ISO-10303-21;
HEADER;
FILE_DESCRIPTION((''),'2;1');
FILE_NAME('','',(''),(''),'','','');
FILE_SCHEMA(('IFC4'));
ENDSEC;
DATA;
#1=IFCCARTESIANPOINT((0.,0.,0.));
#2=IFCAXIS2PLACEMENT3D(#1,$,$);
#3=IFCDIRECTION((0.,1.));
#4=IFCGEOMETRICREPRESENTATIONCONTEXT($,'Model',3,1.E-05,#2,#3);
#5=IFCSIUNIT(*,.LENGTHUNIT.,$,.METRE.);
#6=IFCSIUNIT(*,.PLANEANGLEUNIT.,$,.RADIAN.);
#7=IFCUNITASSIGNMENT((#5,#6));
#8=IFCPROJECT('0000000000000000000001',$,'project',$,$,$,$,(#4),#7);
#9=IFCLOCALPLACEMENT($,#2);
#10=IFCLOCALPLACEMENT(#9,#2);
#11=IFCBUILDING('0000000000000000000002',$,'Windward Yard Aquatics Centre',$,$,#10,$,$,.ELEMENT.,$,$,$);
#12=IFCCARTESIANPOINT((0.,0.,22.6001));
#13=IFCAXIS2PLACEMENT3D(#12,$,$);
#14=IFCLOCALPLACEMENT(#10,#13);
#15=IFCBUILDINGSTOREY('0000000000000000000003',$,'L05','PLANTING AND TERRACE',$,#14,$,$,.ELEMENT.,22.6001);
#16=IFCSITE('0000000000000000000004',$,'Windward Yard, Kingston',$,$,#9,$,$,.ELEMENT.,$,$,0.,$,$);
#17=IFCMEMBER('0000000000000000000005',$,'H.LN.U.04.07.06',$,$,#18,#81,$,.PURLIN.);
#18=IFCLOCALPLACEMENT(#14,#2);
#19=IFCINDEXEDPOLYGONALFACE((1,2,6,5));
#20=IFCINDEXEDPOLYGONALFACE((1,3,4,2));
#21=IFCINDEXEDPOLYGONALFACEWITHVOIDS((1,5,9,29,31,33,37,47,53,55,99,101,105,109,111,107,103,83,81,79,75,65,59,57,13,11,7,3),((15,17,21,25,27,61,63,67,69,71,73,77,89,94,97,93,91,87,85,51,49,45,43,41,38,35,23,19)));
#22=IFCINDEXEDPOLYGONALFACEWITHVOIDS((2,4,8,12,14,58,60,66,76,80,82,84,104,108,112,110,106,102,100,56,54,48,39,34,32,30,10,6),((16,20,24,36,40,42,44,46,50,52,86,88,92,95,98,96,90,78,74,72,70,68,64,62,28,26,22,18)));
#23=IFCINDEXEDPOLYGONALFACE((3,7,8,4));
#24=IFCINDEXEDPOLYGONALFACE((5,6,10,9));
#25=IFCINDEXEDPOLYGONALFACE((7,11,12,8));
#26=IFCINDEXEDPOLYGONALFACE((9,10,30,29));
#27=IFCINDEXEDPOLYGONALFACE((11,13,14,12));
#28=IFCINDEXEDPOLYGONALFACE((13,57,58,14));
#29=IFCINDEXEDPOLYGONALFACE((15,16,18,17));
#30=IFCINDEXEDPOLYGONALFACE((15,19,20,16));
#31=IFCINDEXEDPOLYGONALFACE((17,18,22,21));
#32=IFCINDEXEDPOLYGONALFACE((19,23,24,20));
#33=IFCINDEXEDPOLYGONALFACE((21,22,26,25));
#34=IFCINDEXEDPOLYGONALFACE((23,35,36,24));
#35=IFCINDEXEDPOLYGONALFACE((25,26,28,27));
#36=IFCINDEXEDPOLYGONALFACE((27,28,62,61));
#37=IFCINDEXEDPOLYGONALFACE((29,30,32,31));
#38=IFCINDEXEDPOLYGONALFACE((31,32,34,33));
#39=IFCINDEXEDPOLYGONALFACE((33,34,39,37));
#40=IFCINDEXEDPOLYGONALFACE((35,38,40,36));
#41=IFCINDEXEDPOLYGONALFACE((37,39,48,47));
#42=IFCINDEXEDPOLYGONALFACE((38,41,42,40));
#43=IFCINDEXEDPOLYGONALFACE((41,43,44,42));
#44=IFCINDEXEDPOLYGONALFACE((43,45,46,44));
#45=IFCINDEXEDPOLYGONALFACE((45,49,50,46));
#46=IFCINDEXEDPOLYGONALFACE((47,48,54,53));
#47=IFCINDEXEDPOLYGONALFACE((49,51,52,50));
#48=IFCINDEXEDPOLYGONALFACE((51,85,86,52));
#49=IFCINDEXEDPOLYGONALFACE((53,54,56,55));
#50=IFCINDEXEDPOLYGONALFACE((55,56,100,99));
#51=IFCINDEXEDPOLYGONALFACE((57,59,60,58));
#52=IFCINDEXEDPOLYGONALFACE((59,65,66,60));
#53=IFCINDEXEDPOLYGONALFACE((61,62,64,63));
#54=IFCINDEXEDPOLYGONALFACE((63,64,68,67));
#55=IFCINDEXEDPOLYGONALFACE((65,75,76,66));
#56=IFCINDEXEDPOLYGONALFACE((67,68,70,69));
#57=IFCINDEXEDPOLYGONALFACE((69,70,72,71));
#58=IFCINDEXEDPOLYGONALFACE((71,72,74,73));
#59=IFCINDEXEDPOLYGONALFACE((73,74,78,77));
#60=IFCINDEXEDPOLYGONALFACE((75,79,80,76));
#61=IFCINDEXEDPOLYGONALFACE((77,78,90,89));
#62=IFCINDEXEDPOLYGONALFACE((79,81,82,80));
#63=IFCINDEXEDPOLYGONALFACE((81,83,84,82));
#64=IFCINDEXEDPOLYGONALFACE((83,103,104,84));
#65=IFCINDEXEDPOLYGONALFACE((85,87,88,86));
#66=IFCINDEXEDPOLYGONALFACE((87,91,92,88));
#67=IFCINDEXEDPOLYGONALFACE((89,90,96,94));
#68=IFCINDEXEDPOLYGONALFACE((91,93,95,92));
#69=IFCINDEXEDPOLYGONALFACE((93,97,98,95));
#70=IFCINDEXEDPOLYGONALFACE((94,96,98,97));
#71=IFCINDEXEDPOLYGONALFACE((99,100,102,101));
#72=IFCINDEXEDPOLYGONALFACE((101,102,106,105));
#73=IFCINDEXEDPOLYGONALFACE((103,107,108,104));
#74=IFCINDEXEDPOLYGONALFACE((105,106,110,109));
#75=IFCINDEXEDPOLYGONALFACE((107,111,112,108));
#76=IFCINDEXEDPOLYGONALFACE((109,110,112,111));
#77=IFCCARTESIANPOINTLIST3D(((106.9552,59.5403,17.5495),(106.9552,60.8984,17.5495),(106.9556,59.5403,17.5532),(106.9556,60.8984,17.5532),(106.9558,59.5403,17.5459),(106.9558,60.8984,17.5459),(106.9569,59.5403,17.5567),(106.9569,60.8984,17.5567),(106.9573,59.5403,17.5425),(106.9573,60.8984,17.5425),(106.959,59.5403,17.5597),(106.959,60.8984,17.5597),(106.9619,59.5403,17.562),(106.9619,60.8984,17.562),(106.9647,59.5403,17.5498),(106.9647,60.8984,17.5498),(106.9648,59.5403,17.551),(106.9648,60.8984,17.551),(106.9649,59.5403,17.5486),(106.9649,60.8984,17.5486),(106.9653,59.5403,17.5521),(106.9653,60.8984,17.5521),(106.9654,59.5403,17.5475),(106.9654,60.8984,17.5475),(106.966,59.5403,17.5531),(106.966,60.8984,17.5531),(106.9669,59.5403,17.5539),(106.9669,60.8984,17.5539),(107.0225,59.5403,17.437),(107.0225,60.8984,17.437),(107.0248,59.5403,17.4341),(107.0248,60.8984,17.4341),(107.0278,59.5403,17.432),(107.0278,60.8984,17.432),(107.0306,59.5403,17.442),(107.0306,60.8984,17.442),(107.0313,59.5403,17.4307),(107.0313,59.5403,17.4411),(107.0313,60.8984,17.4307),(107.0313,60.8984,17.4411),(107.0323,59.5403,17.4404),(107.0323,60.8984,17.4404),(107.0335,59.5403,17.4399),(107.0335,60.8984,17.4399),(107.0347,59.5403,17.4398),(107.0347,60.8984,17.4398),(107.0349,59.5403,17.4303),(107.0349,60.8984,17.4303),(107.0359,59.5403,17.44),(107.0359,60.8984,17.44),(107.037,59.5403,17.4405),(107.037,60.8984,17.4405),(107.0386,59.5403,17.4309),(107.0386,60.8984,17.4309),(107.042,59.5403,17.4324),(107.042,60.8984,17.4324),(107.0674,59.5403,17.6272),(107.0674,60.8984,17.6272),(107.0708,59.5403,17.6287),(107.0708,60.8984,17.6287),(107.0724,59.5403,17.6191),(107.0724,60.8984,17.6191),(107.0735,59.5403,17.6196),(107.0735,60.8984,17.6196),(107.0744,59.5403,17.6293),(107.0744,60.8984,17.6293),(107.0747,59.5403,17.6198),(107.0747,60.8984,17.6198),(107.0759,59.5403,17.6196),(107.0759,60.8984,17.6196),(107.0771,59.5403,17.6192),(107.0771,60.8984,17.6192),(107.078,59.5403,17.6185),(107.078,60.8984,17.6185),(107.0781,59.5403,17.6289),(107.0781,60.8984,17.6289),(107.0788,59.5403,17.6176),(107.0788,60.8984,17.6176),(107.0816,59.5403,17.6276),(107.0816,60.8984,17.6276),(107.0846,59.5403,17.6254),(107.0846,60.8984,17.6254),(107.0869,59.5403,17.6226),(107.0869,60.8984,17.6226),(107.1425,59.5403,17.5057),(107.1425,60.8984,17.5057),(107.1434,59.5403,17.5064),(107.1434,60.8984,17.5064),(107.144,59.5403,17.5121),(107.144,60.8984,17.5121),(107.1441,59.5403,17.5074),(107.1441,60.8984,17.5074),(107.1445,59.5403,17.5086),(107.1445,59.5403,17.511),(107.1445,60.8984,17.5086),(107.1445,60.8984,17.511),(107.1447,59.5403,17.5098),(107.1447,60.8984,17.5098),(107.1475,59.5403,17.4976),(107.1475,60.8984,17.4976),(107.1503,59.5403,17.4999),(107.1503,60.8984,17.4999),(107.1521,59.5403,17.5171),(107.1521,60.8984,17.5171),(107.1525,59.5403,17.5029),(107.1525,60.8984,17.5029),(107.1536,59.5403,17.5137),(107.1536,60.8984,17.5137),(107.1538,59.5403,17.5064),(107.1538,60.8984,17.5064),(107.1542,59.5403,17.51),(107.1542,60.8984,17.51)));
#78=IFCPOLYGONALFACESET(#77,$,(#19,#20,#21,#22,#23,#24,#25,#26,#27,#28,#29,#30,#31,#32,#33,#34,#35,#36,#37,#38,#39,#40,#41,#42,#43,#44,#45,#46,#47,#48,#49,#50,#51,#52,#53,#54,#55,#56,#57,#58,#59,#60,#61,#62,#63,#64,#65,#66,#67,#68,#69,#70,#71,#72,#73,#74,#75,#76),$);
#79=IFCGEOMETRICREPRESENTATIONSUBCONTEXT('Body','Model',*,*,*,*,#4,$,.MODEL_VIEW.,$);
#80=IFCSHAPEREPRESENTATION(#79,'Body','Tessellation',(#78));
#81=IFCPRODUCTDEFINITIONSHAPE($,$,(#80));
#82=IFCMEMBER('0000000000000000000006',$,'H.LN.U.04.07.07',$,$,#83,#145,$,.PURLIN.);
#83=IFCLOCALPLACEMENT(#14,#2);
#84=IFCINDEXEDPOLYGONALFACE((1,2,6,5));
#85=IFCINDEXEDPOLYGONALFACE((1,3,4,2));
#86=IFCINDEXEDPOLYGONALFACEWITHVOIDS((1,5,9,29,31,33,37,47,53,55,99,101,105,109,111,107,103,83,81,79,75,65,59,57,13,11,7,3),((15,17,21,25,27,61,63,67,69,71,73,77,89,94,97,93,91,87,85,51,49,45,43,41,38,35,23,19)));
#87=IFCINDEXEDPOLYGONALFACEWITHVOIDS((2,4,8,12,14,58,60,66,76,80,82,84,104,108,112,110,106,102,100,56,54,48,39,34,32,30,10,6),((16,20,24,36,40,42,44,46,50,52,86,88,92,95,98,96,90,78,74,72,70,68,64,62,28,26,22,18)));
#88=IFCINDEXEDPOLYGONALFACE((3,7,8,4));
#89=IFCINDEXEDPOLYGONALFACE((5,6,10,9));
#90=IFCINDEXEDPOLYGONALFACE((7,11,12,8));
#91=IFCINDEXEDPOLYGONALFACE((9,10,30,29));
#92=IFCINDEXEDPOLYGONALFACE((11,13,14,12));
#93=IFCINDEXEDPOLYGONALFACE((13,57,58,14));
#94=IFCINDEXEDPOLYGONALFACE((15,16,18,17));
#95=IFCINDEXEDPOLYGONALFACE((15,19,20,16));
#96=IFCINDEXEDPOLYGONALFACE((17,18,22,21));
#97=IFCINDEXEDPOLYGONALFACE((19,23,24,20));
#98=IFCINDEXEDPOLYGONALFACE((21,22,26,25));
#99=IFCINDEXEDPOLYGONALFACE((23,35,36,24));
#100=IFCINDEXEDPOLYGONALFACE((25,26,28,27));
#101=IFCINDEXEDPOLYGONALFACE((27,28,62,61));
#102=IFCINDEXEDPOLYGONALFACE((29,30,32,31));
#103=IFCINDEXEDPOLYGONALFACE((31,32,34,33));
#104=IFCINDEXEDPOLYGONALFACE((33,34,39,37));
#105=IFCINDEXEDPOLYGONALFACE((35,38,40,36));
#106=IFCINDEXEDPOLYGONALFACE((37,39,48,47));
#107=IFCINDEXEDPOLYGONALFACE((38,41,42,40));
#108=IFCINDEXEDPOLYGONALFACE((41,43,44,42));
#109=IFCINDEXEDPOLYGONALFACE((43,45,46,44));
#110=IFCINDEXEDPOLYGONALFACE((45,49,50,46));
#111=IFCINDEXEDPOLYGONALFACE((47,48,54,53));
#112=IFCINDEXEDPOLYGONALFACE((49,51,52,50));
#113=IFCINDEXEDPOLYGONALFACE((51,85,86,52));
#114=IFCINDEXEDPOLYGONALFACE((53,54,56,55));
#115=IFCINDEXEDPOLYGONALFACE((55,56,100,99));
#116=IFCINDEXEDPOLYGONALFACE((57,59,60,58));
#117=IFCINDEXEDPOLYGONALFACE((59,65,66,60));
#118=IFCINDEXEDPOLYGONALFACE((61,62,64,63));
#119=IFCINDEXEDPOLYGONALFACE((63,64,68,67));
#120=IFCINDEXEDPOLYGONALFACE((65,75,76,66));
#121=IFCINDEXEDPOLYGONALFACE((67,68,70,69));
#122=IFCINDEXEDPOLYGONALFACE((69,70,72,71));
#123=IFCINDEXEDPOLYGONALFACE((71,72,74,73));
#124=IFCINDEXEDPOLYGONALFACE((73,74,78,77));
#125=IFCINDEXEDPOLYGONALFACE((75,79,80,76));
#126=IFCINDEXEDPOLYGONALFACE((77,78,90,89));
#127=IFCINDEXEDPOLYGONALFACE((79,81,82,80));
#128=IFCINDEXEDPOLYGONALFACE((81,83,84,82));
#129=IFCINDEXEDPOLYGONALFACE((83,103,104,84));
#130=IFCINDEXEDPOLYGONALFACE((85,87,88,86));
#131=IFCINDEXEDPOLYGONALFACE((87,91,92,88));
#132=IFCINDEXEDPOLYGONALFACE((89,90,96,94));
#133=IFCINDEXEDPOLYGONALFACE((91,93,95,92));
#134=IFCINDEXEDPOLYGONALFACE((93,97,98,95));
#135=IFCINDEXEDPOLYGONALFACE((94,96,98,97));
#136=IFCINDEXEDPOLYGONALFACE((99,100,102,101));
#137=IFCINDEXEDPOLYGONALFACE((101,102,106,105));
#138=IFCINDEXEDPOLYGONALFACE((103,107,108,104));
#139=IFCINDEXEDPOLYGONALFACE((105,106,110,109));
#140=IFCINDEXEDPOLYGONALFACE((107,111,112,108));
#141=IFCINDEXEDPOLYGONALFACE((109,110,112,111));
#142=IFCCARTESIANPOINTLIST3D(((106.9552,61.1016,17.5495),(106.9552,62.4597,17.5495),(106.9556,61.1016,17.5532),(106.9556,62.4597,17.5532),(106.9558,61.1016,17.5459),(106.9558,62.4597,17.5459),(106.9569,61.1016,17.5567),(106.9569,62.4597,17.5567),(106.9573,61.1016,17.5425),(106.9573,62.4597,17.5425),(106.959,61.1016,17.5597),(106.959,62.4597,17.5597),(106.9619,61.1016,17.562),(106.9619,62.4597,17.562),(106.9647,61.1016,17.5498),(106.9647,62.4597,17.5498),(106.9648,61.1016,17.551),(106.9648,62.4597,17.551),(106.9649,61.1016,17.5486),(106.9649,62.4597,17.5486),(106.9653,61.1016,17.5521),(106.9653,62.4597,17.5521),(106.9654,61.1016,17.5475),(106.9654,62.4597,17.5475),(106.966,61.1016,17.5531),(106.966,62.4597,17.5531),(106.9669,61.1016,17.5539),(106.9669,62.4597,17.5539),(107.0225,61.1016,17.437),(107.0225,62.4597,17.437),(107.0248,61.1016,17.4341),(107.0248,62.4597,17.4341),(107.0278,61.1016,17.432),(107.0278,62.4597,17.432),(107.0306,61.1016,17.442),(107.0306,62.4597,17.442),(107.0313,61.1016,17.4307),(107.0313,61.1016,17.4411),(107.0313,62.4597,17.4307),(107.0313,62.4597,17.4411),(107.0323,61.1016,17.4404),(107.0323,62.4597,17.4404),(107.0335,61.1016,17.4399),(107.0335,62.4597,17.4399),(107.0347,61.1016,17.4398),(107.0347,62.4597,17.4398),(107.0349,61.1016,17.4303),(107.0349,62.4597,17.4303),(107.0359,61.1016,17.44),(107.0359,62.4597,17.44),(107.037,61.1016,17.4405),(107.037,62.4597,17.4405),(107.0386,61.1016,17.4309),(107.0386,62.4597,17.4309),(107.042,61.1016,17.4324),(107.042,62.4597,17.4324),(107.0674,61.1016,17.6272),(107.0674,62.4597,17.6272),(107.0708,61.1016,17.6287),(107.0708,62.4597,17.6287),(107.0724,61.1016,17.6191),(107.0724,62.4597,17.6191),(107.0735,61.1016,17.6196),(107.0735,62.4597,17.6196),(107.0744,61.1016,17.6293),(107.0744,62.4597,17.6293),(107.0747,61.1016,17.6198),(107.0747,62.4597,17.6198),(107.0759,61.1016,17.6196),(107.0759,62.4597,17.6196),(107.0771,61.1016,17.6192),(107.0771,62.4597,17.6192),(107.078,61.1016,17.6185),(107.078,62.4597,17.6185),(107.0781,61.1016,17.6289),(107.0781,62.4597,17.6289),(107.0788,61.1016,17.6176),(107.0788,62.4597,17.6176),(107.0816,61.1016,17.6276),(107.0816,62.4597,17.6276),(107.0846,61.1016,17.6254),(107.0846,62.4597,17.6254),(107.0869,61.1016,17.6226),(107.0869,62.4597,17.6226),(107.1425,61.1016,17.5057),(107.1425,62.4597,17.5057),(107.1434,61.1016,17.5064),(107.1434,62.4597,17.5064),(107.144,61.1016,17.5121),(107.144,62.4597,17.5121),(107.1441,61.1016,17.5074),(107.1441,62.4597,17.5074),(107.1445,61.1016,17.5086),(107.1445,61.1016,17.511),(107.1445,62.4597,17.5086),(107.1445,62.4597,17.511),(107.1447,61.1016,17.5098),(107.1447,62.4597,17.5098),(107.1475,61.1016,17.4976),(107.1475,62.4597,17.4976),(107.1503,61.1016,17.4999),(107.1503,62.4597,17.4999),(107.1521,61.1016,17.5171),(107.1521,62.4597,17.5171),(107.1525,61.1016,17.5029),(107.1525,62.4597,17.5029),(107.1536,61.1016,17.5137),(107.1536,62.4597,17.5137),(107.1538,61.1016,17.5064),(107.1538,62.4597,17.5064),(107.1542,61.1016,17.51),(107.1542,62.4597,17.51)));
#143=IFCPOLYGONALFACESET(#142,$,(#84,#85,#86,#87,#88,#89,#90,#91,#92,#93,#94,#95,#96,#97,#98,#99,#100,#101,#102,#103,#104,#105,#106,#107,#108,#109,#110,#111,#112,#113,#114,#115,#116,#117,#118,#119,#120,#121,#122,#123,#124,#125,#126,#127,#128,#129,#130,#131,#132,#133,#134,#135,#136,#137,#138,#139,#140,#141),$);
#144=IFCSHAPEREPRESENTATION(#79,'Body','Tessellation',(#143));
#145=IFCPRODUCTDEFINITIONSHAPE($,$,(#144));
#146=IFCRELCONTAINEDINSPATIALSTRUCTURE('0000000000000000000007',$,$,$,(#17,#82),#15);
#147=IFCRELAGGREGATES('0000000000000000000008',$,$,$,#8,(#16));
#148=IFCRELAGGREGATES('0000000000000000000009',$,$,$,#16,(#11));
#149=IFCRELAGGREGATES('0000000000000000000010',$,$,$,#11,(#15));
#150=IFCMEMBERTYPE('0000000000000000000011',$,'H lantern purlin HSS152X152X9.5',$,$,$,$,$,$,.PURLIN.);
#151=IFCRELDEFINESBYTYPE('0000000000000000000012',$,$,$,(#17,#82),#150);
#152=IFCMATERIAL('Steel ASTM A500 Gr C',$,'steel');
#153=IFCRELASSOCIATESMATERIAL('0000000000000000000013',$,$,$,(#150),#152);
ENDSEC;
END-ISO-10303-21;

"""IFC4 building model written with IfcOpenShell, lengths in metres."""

from ifc_helpers import new_model, si_unit, direction, frame, origin, origin_2d, place, context, subcontext, project, spatial, hollow_rectangle, extrude, material, material_profile, profile_set, type_object, element, save


model = new_model("IFC4")

# Units and contexts
model_context = context("Model", 3, precision=1e-05, world=origin(), true_north=direction((0.0, 1.0)))
body_context = subcontext(model_context, "Body", "Model", "MODEL_VIEW")
ifc_project = project(units=[si_unit("LENGTHUNIT", "METRE"), si_unit("PLANEANGLEUNIT", "RADIAN")], contexts=[model_context])

# Site, building, storey
site_placement = place(None, origin())
site = spatial("IfcSite", under=ifc_project, at=site_placement, Name="Windward Yard, Kingston", CompositionType="ELEMENT", RefElevation=0.0)
building_placement = place(site_placement, origin())
building = spatial("IfcBuilding", under=site, at=building_placement, Name="Windward Yard Aquatics Centre", CompositionType="ELEMENT")
storey_placement = place(building_placement, frame((0.0, 0.0, 22.6001)))
storey = spatial("IfcBuildingStorey", under=building, at=storey_placement, Name="L05", Description="PLANTING AND TERRACE", CompositionType="ELEMENT", Elevation=22.6001)

# Members
ifc_material_1 = material(Name="Steel ASTM A500 Gr C", Category="steel")
ifc_material_profile = material_profile(ifc_material_1, hollow_rectangle(XDim=0.1523, YDim=0.1523, WallThickness=0.0095, InnerFilletRadius=0.0046, OuterFilletRadius=0.0142, at=origin_2d()), Name="HSS152X152X9.5")
ifc_profile_set = profile_set([ifc_material_profile], Name="Steel ASTM A500 Gr C")
member_type = type_object("IfcMemberType", Name="H lantern purlin HSS152X152X9.5", PredefinedType="PURLIN", material=ifc_profile_set)
for number, where, z_axis, x_axis, name in (
    (1, (107.0547, 59.5403, 17.5298), (0.0, 1.0, 0.0), (-0.850755, 0.0, -0.525562), "H.LN.U.04.07.06"),
    (2, (107.0547, 61.1016, 17.5298), (0.0, 1.0, 0.0), (-0.850755, 0.0, -0.525562), "H.LN.U.04.07.07"),
):
    element("IfcMember", number, at=place(storey_placement, frame(where, z_axis=z_axis, x_axis=x_axis)), inside=storey, type_object=member_type, Name=name, PredefinedType="PURLIN", context=body_context, shape_type="SweptSolid", body=[
        extrude(hollow_rectangle(XDim=0.1523, YDim=0.1523, WallThickness=0.0095, InnerFilletRadius=0.0046, OuterFilletRadius=0.0142, at=origin_2d()), origin(), (0.0, 0.0, 1.0), 1.3582),
    ])

save(model, "model.ifc")
